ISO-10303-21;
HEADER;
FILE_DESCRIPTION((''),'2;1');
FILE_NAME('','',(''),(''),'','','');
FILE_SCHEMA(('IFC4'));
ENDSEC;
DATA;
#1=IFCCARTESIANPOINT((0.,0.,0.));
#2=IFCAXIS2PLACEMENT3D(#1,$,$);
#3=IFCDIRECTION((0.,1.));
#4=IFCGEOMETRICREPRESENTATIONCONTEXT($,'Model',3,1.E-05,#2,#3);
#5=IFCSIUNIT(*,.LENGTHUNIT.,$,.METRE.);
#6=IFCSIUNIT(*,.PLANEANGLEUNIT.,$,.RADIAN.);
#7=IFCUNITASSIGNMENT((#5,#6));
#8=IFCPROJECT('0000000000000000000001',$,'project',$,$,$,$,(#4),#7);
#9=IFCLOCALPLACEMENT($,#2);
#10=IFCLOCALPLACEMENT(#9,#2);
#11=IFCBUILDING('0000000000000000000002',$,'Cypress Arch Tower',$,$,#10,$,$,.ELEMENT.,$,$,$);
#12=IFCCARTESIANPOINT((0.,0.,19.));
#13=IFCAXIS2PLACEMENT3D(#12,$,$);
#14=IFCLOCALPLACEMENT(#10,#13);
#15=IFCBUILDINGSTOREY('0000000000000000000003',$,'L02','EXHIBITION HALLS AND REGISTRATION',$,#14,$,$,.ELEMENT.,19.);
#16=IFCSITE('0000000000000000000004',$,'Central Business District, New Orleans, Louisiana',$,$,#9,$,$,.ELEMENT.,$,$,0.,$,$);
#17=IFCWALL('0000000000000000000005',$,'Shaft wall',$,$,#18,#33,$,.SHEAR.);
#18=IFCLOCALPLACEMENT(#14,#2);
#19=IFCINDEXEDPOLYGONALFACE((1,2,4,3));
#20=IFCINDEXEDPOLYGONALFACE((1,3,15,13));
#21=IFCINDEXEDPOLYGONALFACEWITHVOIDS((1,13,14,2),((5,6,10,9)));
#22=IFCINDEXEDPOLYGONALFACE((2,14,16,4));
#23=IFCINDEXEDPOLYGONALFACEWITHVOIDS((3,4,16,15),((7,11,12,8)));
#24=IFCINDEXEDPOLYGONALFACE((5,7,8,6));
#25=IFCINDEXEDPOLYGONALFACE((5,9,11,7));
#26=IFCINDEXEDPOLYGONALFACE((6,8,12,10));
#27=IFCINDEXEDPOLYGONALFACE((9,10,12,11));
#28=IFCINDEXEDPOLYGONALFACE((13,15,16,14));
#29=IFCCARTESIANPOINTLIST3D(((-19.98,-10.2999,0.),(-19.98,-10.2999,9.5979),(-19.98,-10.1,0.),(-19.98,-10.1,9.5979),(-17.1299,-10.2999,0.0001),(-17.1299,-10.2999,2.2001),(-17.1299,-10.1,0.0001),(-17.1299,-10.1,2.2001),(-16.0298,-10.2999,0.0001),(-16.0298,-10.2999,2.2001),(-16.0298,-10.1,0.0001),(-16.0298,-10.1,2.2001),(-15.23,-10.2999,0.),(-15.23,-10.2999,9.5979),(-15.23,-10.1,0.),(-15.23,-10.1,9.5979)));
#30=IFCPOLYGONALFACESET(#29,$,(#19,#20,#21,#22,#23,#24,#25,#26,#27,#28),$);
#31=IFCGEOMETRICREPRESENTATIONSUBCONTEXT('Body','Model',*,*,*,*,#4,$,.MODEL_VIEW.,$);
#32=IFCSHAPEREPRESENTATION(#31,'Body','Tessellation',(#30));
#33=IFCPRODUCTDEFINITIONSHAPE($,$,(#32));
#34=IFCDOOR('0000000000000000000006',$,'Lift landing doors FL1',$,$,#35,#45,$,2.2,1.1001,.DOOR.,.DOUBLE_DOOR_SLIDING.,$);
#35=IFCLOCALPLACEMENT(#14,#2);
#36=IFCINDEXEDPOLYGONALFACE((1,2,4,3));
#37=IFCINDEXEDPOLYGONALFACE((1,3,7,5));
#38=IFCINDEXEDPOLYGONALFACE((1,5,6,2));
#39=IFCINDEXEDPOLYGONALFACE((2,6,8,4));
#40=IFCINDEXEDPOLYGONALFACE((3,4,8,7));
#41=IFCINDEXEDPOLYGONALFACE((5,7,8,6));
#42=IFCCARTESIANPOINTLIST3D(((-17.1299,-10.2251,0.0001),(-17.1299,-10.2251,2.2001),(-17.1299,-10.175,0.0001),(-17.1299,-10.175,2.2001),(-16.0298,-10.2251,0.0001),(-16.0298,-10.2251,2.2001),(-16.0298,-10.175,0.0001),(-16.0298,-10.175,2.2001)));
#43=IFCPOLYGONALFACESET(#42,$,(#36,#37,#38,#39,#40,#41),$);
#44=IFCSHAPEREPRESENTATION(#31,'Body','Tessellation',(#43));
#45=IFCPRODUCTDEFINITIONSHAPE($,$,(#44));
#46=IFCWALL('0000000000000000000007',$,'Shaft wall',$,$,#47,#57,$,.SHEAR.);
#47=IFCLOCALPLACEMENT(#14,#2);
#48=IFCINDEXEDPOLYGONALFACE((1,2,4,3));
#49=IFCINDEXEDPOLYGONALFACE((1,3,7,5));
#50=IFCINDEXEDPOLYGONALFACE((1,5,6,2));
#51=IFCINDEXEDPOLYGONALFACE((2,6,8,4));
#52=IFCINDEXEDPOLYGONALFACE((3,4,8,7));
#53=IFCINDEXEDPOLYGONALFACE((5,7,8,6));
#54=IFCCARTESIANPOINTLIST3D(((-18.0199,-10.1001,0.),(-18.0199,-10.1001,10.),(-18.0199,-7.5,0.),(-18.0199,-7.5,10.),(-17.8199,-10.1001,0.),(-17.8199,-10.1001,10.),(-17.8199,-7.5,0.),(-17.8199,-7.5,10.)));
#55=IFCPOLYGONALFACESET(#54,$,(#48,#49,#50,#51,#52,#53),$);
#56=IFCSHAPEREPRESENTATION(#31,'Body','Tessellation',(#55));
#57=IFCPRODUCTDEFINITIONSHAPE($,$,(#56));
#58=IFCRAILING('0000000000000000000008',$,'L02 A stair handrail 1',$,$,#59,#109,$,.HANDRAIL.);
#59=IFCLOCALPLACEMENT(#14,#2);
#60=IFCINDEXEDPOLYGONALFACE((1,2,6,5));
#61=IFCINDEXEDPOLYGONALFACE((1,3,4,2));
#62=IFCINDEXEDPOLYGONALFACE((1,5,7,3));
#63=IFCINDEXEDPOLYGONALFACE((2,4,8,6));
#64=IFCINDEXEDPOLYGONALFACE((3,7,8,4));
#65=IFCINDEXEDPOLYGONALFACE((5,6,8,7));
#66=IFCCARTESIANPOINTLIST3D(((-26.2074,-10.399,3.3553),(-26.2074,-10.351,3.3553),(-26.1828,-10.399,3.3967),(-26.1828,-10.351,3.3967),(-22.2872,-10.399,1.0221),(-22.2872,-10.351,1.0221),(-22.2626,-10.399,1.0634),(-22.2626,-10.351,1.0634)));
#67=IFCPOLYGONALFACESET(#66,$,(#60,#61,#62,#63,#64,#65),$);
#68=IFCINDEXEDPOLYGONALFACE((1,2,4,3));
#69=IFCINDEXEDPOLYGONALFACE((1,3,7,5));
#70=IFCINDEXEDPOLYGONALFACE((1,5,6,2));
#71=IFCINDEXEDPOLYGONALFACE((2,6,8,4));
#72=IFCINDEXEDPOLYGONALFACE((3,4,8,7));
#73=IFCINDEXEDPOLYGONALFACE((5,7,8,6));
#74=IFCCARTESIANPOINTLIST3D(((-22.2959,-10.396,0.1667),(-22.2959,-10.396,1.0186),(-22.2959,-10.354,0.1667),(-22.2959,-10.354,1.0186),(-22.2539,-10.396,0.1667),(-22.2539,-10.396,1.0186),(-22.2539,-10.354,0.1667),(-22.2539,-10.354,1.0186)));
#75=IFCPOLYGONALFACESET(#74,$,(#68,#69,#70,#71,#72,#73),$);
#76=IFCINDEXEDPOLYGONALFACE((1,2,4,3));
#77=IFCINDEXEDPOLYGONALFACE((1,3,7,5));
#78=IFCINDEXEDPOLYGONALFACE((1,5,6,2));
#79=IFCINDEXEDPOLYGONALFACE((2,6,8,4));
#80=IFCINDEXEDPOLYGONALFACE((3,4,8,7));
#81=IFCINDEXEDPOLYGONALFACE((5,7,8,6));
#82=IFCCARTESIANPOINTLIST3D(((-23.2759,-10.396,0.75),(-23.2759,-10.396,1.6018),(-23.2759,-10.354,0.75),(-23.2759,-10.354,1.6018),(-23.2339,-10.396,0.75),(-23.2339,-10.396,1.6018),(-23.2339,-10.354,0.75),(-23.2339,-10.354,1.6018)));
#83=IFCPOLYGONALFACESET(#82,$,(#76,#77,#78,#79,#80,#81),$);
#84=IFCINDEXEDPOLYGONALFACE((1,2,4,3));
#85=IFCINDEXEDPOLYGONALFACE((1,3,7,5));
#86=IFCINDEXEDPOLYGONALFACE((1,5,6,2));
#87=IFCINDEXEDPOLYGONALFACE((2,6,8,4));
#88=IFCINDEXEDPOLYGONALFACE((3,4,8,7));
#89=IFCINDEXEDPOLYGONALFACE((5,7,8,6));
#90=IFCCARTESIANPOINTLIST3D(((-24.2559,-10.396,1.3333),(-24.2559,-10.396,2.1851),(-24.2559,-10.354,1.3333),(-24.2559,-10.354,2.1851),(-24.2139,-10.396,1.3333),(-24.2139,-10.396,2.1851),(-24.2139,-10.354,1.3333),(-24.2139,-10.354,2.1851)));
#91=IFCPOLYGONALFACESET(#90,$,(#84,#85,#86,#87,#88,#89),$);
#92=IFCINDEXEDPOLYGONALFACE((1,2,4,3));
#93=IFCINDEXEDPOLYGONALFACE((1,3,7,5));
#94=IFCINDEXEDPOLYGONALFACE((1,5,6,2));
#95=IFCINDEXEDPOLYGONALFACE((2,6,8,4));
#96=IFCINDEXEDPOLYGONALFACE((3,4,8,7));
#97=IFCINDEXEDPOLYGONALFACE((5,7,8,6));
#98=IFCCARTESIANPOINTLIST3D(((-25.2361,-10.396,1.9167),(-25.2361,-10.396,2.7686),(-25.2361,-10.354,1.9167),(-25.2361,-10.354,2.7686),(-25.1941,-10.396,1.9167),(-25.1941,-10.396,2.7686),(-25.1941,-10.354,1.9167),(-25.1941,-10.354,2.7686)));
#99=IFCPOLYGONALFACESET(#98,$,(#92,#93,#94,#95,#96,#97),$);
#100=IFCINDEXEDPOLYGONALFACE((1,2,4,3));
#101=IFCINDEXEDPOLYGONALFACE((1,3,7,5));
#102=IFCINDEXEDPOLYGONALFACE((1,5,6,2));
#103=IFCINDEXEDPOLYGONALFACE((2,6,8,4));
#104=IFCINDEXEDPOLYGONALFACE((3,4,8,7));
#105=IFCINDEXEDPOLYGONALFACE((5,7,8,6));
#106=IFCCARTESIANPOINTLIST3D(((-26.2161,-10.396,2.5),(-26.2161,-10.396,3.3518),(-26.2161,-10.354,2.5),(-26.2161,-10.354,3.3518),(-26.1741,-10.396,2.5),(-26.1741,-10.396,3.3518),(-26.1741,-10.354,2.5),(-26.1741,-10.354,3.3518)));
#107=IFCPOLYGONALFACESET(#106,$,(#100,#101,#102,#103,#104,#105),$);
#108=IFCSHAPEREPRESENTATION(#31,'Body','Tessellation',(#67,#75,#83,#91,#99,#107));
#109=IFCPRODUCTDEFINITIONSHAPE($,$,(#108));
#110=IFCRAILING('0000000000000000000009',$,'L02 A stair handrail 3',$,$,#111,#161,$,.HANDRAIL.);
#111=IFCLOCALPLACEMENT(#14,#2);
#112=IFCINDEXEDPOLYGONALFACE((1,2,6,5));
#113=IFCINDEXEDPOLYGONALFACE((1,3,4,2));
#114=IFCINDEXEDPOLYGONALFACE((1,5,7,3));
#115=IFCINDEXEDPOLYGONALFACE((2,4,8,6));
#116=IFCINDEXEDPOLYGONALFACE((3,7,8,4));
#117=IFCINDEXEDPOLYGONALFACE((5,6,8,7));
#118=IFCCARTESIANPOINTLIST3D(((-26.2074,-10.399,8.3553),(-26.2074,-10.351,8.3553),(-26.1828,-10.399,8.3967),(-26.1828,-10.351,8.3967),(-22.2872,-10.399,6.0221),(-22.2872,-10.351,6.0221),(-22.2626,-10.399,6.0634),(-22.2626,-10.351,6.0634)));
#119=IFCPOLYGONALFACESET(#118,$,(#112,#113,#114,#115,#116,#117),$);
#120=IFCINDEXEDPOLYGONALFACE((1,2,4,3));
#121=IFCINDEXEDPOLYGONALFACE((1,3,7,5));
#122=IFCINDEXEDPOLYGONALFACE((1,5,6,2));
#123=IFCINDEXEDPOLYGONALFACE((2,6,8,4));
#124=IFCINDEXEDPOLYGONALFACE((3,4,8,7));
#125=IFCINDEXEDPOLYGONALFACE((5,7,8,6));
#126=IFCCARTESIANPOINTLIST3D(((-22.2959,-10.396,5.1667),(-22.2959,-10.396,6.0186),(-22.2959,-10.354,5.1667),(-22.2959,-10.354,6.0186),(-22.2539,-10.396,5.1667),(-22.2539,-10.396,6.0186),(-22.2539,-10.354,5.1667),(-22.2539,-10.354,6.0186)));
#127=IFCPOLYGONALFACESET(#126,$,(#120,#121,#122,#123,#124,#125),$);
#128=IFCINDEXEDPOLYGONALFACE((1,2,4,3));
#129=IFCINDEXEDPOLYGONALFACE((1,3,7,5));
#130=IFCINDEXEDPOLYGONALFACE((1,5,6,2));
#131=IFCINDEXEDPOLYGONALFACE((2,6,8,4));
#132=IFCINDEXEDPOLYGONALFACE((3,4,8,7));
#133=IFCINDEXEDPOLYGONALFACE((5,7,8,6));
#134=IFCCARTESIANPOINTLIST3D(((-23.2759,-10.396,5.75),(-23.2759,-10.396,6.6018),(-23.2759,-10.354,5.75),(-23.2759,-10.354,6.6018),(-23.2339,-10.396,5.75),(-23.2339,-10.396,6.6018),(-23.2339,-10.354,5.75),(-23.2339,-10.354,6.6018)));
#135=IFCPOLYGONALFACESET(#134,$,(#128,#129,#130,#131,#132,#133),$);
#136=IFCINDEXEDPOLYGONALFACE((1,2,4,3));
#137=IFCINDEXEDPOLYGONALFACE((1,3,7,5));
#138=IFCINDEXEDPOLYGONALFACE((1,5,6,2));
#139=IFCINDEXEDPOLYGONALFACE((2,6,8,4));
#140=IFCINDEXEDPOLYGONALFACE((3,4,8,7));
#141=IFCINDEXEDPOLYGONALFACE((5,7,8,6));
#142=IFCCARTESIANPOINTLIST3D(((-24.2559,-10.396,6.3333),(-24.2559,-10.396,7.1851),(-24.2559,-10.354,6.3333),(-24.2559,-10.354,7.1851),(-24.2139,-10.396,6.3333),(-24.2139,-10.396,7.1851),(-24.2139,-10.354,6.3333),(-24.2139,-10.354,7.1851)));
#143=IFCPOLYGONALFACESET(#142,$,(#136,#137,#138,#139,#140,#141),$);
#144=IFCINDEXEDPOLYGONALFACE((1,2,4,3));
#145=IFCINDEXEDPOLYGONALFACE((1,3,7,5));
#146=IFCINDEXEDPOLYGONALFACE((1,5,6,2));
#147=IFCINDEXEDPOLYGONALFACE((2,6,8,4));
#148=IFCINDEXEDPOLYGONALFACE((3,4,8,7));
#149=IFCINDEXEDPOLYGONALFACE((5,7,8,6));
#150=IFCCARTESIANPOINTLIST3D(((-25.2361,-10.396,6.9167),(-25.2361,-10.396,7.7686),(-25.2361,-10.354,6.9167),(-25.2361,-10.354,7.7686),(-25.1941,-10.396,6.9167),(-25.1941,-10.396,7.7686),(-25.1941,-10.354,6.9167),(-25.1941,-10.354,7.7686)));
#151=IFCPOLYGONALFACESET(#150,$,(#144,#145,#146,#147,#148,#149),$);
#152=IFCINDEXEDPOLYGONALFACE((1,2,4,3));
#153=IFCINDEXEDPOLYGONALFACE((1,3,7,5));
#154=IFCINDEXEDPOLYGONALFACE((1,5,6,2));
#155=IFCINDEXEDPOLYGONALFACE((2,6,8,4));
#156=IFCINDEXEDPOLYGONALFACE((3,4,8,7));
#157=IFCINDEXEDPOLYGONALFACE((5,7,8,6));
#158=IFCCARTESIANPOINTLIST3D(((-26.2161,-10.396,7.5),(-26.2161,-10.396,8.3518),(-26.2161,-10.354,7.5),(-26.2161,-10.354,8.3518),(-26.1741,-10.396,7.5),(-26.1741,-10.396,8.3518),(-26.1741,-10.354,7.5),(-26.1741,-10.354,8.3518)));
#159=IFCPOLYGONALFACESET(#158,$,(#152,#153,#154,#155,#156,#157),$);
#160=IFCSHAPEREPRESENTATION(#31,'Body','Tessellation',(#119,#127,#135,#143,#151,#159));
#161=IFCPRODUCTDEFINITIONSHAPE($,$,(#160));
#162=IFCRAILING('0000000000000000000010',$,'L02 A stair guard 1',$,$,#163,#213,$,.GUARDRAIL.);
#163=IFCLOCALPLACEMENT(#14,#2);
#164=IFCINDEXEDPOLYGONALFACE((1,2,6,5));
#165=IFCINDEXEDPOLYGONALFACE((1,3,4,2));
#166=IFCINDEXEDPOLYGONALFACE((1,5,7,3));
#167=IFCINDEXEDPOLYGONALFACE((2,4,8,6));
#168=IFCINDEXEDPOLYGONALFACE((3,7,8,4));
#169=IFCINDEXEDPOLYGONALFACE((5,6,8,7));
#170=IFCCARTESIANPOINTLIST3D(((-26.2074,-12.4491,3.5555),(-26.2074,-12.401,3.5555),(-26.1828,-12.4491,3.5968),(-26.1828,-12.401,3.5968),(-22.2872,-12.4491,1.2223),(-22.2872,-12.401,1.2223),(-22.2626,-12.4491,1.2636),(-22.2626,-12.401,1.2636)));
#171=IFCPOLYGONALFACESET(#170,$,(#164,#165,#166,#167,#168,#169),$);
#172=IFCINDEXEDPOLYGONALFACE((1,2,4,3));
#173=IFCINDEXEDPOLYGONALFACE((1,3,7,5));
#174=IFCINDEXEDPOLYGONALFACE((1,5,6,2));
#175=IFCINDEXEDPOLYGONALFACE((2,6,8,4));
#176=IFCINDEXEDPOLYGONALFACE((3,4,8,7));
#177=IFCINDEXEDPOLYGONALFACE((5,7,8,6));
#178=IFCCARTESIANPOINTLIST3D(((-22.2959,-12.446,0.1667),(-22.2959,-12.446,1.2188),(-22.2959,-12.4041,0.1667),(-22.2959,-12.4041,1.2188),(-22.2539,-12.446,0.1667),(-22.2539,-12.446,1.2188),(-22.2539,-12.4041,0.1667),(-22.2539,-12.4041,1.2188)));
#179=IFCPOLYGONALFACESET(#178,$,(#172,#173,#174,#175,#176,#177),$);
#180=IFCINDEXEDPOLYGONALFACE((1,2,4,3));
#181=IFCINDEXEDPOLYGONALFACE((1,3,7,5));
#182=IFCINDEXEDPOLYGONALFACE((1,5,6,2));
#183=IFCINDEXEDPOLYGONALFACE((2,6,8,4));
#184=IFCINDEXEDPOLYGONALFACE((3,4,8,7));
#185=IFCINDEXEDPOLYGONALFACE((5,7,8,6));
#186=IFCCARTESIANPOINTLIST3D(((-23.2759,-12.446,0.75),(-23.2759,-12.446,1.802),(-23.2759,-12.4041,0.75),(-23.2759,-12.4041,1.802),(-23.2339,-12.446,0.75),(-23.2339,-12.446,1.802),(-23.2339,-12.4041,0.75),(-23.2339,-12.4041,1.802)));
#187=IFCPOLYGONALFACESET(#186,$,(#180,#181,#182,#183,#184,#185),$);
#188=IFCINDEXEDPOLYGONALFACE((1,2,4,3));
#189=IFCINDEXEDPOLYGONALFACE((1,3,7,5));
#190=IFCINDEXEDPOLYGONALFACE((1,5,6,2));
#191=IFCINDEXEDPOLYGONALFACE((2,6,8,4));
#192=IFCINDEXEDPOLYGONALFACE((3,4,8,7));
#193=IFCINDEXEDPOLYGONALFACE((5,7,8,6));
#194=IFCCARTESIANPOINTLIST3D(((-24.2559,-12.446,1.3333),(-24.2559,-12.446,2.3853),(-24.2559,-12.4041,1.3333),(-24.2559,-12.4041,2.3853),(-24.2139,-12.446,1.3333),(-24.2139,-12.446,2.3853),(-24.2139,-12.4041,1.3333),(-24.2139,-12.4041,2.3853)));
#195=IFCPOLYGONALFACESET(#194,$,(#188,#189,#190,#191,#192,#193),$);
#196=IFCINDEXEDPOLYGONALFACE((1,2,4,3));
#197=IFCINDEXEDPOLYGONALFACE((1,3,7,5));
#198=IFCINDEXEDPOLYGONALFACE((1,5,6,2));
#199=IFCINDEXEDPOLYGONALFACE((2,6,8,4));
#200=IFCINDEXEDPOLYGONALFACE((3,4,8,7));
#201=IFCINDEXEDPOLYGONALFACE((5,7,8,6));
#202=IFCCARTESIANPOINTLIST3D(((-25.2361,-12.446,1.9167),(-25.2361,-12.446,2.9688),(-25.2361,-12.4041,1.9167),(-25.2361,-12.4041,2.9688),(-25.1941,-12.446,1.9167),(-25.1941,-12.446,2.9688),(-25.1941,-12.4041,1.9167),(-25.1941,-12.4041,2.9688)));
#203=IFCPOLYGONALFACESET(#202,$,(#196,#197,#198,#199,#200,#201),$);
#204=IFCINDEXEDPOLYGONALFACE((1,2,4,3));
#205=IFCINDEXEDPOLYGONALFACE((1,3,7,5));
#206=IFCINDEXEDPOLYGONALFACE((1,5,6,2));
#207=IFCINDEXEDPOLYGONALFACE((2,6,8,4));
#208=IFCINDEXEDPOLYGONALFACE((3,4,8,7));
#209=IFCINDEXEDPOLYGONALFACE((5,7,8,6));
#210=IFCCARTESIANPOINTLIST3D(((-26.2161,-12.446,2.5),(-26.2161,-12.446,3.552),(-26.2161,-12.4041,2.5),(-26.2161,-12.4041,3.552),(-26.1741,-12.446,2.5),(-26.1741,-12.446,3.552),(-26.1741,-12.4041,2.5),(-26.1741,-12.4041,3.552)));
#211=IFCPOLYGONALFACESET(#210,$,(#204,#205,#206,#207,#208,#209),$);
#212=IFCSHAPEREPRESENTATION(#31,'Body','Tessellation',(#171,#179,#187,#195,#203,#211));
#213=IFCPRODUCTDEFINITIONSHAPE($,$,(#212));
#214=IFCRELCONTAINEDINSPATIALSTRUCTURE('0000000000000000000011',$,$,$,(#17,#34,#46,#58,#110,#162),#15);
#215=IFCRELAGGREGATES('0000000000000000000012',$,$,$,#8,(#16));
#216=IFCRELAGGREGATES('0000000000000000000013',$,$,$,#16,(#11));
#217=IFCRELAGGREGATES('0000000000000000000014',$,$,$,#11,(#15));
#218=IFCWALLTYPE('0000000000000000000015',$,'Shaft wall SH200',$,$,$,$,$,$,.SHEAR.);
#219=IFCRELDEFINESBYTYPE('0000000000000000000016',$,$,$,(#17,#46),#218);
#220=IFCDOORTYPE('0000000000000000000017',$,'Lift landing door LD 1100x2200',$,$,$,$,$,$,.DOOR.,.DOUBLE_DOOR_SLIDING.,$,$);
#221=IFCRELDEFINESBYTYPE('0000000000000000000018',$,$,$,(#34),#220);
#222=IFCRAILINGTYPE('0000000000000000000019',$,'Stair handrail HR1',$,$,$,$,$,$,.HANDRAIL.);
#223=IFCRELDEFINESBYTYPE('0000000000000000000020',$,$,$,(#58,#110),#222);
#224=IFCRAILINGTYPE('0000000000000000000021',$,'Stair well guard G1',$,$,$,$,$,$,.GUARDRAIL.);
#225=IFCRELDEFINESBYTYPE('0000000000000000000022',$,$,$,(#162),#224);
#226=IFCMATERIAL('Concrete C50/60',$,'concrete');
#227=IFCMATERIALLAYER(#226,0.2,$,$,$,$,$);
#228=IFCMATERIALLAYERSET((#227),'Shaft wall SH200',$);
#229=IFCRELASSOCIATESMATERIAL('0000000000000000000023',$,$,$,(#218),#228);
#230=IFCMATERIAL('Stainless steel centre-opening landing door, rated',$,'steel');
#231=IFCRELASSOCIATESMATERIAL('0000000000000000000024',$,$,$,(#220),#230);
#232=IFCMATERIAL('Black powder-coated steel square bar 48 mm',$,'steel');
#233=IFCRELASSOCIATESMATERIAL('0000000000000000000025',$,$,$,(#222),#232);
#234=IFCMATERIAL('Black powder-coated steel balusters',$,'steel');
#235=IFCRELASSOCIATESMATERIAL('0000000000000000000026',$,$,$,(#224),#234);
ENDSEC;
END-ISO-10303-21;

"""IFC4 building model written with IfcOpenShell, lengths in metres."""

from ifc_helpers import new_model, si_unit, direction, frame, frame_2d, origin, origin_2d, place, context, subcontext, project, spatial, rectangle, extrude, material, layer, layer_set, type_object, element, fill, save


model = new_model("IFC4")

# Units and contexts
model_context = context("Model", 3, precision=1e-05, world=origin(), true_north=direction((0.0, 1.0)))
body_context = subcontext(model_context, "Body", "Model", "MODEL_VIEW")
ifc_project = project(units=[si_unit("LENGTHUNIT", "METRE"), si_unit("PLANEANGLEUNIT", "RADIAN")], contexts=[model_context])

# Site, building, storey
site_placement = place(None, origin())
site = spatial("IfcSite", under=ifc_project, at=site_placement, Name="Central Business District, New Orleans, Louisiana", CompositionType="ELEMENT", RefElevation=0.0)
building_placement = place(site_placement, origin())
building = spatial("IfcBuilding", under=site, at=building_placement, Name="Cypress Arch Tower", CompositionType="ELEMENT")
storey_placement = place(building_placement, frame((0.0, 0.0, 19.0)))
storey = spatial("IfcBuildingStorey", under=building, at=storey_placement, Name="L02", Description="EXHIBITION HALLS AND REGISTRATION", CompositionType="ELEMENT", Elevation=19.0)

# Shared definitions
ifc_material_1 = material(Name="Concrete C50/60", Category="concrete")
ifc_layer = layer(ifc_material_1, 0.2)
ifc_layer_set = layer_set([ifc_layer], Name="Shaft wall SH200")
wall_type = type_object("IfcWallType", Name="Shaft wall SH200", PredefinedType="SHEAR", material=ifc_layer_set)
ifc_material_2 = material(Name="Stainless steel centre-opening landing door, rated", Category="steel")
door_type = type_object("IfcDoorType", Name="Lift landing door LD 1100x2200", OperationType="DOUBLE_DOOR_SLIDING", PredefinedType="DOOR", material=ifc_material_2)

# Wall, opening, door
wall_1_placement = place(storey_placement, frame((-19.98, -10.2, 0.0), z_axis=(0.0, 0.0, 1.0), x_axis=(1.0, 0.0, 0.0)))
wall_1 = element("IfcWall", 1, at=wall_1_placement, inside=storey, type_object=wall_type, Name="Shaft wall", PredefinedType="SHEAR", context=body_context, shape_type="SweptSolid", body=[
    extrude(rectangle(XDim=4.75, YDim=0.2, at=frame_2d((2.375, 0.0))), origin(), (0.0, 0.0, 1.0), 9.5979),
])
opening_1_placement = place(wall_1_placement, frame((2.8501, 0.0, 0.0)))
opening_1 = element("IfcOpeningElement", 2, at=opening_1_placement, cuts=wall_1, PredefinedType="OPENING", context=body_context, shape_type="SweptSolid", body=[
    extrude(rectangle(XDim=1.1001, YDim=2.2, at=frame_2d((0.55, 1.1001))), frame((0.0, 0.1099, 0.0), z_axis=(0.0, -1.0, 0.0), x_axis=(1.0, 0.0, 0.0)), (0.0, 0.0, 1.0), 0.22),
])
door_1_placement = place(opening_1_placement, origin())
door_1 = element("IfcDoor", 3, at=door_1_placement, inside=storey, type_object=door_type, Name="Lift landing doors FL1", OperationType="DOUBLE_DOOR_SLIDING", OverallHeight=2.2, OverallWidth=1.1001, PredefinedType="DOOR", context=body_context, shape_type="SweptSolid", body=[
    extrude(rectangle(XDim=1.1001, YDim=2.2, at=frame_2d((0.55, 1.1001))), frame((0.0, 0.0249, 0.0), z_axis=(0.0, -1.0, 0.0), x_axis=(1.0, 0.0, 0.0)), (0.0, 0.0, 1.0), 0.05),
])
fill(opening_1, door_1)

# Wall
wall_2_placement = place(storey_placement, frame((-17.9199, -10.1001, 0.0), z_axis=(0.0, 0.0, 1.0), x_axis=(0.0, 1.0, 0.0)))
element("IfcWall", 4, at=wall_2_placement, inside=storey, type_object=wall_type, Name="Shaft wall", PredefinedType="SHEAR", context=body_context, shape_type="SweptSolid", body=[
    extrude(rectangle(XDim=2.6001, YDim=0.2, at=frame_2d((1.3, 0.0))), origin(), (0.0, 0.0, 1.0), 10.0),
])

# Railings
ifc_material_3 = material(Name="Black powder-coated steel square bar 48 mm", Category="steel")
railing_type_1 = type_object("IfcRailingType", Name="Stair handrail HR1", PredefinedType="HANDRAIL", material=ifc_material_3)
for number, where, name in (
    (5, (-22.2749, -10.375, 0.1667), "L02 A stair handrail 1"),
    (6, (-22.2749, -10.375, 5.1667), "L02 A stair handrail 3"),
):
    element("IfcRailing", number, at=place(storey_placement, frame(where)), inside=storey, type_object=railing_type_1, Name=name, PredefinedType="HANDRAIL", context=body_context, shape_type="SweptSolid", body=[
        extrude(rectangle(XDim=0.0481, YDim=0.0481, at=origin_2d()), frame((0.0, 0.0, 0.876), z_axis=(-0.85931, 0.0, 0.511455), x_axis=(0.0, -1.0, 0.0)), (0.0, 0.0, 1.0), 4.562),
        extrude(rectangle(XDim=0.042, YDim=0.042, at=origin_2d()), origin(), (0.0, 0.0, 1.0), 0.8518),
        extrude(rectangle(XDim=0.042, YDim=0.042, at=origin_2d()), frame((-0.98, 0.0, 0.5833)), (0.0, 0.0, 1.0), 0.8518),
        extrude(rectangle(XDim=0.042, YDim=0.042, at=origin_2d()), frame((-1.96, 0.0, 1.1665)), (0.0, 0.0, 1.0), 0.8518),
        extrude(rectangle(XDim=0.042, YDim=0.042, at=origin_2d()), frame((-2.9402, 0.0, 1.75)), (0.0, 0.0, 1.0), 0.8518),
        extrude(rectangle(XDim=0.042, YDim=0.042, at=origin_2d()), frame((-3.9202, 0.0, 2.3333)), (0.0, 0.0, 1.0), 0.8518),
    ])
ifc_material_4 = material(Name="Black powder-coated steel balusters", Category="steel")
railing_type_2 = type_object("IfcRailingType", Name="Stair well guard G1", PredefinedType="GUARDRAIL", material=ifc_material_4)
railing_1_placement = place(storey_placement, frame((-22.2749, -12.425, 0.1667)))
element("IfcRailing", 7, at=railing_1_placement, inside=storey, type_object=railing_type_2, Name="L02 A stair guard 1", PredefinedType="GUARDRAIL", context=body_context, shape_type="SweptSolid", body=[
    extrude(rectangle(XDim=0.0481, YDim=0.0481, at=origin_2d()), frame((0.0, 0.0, 1.0762), z_axis=(-0.85931, 0.0, 0.511455), x_axis=(0.0, -1.0, 0.0)), (0.0, 0.0, 1.0), 4.562),
    extrude(rectangle(XDim=0.042, YDim=0.042, at=origin_2d()), origin(), (0.0, 0.0, 1.0), 1.052),
    extrude(rectangle(XDim=0.042, YDim=0.042, at=origin_2d()), frame((-0.98, 0.0, 0.5833)), (0.0, 0.0, 1.0), 1.052),
    extrude(rectangle(XDim=0.042, YDim=0.042, at=origin_2d()), frame((-1.96, 0.0, 1.1665)), (0.0, 0.0, 1.0), 1.052),
    extrude(rectangle(XDim=0.042, YDim=0.042, at=origin_2d()), frame((-2.9402, 0.0, 1.75)), (0.0, 0.0, 1.0), 1.052),
    extrude(rectangle(XDim=0.042, YDim=0.042, at=origin_2d()), frame((-3.9202, 0.0, 2.3333)), (0.0, 0.0, 1.0), 1.052),
])

save(model, "model.ifc")
